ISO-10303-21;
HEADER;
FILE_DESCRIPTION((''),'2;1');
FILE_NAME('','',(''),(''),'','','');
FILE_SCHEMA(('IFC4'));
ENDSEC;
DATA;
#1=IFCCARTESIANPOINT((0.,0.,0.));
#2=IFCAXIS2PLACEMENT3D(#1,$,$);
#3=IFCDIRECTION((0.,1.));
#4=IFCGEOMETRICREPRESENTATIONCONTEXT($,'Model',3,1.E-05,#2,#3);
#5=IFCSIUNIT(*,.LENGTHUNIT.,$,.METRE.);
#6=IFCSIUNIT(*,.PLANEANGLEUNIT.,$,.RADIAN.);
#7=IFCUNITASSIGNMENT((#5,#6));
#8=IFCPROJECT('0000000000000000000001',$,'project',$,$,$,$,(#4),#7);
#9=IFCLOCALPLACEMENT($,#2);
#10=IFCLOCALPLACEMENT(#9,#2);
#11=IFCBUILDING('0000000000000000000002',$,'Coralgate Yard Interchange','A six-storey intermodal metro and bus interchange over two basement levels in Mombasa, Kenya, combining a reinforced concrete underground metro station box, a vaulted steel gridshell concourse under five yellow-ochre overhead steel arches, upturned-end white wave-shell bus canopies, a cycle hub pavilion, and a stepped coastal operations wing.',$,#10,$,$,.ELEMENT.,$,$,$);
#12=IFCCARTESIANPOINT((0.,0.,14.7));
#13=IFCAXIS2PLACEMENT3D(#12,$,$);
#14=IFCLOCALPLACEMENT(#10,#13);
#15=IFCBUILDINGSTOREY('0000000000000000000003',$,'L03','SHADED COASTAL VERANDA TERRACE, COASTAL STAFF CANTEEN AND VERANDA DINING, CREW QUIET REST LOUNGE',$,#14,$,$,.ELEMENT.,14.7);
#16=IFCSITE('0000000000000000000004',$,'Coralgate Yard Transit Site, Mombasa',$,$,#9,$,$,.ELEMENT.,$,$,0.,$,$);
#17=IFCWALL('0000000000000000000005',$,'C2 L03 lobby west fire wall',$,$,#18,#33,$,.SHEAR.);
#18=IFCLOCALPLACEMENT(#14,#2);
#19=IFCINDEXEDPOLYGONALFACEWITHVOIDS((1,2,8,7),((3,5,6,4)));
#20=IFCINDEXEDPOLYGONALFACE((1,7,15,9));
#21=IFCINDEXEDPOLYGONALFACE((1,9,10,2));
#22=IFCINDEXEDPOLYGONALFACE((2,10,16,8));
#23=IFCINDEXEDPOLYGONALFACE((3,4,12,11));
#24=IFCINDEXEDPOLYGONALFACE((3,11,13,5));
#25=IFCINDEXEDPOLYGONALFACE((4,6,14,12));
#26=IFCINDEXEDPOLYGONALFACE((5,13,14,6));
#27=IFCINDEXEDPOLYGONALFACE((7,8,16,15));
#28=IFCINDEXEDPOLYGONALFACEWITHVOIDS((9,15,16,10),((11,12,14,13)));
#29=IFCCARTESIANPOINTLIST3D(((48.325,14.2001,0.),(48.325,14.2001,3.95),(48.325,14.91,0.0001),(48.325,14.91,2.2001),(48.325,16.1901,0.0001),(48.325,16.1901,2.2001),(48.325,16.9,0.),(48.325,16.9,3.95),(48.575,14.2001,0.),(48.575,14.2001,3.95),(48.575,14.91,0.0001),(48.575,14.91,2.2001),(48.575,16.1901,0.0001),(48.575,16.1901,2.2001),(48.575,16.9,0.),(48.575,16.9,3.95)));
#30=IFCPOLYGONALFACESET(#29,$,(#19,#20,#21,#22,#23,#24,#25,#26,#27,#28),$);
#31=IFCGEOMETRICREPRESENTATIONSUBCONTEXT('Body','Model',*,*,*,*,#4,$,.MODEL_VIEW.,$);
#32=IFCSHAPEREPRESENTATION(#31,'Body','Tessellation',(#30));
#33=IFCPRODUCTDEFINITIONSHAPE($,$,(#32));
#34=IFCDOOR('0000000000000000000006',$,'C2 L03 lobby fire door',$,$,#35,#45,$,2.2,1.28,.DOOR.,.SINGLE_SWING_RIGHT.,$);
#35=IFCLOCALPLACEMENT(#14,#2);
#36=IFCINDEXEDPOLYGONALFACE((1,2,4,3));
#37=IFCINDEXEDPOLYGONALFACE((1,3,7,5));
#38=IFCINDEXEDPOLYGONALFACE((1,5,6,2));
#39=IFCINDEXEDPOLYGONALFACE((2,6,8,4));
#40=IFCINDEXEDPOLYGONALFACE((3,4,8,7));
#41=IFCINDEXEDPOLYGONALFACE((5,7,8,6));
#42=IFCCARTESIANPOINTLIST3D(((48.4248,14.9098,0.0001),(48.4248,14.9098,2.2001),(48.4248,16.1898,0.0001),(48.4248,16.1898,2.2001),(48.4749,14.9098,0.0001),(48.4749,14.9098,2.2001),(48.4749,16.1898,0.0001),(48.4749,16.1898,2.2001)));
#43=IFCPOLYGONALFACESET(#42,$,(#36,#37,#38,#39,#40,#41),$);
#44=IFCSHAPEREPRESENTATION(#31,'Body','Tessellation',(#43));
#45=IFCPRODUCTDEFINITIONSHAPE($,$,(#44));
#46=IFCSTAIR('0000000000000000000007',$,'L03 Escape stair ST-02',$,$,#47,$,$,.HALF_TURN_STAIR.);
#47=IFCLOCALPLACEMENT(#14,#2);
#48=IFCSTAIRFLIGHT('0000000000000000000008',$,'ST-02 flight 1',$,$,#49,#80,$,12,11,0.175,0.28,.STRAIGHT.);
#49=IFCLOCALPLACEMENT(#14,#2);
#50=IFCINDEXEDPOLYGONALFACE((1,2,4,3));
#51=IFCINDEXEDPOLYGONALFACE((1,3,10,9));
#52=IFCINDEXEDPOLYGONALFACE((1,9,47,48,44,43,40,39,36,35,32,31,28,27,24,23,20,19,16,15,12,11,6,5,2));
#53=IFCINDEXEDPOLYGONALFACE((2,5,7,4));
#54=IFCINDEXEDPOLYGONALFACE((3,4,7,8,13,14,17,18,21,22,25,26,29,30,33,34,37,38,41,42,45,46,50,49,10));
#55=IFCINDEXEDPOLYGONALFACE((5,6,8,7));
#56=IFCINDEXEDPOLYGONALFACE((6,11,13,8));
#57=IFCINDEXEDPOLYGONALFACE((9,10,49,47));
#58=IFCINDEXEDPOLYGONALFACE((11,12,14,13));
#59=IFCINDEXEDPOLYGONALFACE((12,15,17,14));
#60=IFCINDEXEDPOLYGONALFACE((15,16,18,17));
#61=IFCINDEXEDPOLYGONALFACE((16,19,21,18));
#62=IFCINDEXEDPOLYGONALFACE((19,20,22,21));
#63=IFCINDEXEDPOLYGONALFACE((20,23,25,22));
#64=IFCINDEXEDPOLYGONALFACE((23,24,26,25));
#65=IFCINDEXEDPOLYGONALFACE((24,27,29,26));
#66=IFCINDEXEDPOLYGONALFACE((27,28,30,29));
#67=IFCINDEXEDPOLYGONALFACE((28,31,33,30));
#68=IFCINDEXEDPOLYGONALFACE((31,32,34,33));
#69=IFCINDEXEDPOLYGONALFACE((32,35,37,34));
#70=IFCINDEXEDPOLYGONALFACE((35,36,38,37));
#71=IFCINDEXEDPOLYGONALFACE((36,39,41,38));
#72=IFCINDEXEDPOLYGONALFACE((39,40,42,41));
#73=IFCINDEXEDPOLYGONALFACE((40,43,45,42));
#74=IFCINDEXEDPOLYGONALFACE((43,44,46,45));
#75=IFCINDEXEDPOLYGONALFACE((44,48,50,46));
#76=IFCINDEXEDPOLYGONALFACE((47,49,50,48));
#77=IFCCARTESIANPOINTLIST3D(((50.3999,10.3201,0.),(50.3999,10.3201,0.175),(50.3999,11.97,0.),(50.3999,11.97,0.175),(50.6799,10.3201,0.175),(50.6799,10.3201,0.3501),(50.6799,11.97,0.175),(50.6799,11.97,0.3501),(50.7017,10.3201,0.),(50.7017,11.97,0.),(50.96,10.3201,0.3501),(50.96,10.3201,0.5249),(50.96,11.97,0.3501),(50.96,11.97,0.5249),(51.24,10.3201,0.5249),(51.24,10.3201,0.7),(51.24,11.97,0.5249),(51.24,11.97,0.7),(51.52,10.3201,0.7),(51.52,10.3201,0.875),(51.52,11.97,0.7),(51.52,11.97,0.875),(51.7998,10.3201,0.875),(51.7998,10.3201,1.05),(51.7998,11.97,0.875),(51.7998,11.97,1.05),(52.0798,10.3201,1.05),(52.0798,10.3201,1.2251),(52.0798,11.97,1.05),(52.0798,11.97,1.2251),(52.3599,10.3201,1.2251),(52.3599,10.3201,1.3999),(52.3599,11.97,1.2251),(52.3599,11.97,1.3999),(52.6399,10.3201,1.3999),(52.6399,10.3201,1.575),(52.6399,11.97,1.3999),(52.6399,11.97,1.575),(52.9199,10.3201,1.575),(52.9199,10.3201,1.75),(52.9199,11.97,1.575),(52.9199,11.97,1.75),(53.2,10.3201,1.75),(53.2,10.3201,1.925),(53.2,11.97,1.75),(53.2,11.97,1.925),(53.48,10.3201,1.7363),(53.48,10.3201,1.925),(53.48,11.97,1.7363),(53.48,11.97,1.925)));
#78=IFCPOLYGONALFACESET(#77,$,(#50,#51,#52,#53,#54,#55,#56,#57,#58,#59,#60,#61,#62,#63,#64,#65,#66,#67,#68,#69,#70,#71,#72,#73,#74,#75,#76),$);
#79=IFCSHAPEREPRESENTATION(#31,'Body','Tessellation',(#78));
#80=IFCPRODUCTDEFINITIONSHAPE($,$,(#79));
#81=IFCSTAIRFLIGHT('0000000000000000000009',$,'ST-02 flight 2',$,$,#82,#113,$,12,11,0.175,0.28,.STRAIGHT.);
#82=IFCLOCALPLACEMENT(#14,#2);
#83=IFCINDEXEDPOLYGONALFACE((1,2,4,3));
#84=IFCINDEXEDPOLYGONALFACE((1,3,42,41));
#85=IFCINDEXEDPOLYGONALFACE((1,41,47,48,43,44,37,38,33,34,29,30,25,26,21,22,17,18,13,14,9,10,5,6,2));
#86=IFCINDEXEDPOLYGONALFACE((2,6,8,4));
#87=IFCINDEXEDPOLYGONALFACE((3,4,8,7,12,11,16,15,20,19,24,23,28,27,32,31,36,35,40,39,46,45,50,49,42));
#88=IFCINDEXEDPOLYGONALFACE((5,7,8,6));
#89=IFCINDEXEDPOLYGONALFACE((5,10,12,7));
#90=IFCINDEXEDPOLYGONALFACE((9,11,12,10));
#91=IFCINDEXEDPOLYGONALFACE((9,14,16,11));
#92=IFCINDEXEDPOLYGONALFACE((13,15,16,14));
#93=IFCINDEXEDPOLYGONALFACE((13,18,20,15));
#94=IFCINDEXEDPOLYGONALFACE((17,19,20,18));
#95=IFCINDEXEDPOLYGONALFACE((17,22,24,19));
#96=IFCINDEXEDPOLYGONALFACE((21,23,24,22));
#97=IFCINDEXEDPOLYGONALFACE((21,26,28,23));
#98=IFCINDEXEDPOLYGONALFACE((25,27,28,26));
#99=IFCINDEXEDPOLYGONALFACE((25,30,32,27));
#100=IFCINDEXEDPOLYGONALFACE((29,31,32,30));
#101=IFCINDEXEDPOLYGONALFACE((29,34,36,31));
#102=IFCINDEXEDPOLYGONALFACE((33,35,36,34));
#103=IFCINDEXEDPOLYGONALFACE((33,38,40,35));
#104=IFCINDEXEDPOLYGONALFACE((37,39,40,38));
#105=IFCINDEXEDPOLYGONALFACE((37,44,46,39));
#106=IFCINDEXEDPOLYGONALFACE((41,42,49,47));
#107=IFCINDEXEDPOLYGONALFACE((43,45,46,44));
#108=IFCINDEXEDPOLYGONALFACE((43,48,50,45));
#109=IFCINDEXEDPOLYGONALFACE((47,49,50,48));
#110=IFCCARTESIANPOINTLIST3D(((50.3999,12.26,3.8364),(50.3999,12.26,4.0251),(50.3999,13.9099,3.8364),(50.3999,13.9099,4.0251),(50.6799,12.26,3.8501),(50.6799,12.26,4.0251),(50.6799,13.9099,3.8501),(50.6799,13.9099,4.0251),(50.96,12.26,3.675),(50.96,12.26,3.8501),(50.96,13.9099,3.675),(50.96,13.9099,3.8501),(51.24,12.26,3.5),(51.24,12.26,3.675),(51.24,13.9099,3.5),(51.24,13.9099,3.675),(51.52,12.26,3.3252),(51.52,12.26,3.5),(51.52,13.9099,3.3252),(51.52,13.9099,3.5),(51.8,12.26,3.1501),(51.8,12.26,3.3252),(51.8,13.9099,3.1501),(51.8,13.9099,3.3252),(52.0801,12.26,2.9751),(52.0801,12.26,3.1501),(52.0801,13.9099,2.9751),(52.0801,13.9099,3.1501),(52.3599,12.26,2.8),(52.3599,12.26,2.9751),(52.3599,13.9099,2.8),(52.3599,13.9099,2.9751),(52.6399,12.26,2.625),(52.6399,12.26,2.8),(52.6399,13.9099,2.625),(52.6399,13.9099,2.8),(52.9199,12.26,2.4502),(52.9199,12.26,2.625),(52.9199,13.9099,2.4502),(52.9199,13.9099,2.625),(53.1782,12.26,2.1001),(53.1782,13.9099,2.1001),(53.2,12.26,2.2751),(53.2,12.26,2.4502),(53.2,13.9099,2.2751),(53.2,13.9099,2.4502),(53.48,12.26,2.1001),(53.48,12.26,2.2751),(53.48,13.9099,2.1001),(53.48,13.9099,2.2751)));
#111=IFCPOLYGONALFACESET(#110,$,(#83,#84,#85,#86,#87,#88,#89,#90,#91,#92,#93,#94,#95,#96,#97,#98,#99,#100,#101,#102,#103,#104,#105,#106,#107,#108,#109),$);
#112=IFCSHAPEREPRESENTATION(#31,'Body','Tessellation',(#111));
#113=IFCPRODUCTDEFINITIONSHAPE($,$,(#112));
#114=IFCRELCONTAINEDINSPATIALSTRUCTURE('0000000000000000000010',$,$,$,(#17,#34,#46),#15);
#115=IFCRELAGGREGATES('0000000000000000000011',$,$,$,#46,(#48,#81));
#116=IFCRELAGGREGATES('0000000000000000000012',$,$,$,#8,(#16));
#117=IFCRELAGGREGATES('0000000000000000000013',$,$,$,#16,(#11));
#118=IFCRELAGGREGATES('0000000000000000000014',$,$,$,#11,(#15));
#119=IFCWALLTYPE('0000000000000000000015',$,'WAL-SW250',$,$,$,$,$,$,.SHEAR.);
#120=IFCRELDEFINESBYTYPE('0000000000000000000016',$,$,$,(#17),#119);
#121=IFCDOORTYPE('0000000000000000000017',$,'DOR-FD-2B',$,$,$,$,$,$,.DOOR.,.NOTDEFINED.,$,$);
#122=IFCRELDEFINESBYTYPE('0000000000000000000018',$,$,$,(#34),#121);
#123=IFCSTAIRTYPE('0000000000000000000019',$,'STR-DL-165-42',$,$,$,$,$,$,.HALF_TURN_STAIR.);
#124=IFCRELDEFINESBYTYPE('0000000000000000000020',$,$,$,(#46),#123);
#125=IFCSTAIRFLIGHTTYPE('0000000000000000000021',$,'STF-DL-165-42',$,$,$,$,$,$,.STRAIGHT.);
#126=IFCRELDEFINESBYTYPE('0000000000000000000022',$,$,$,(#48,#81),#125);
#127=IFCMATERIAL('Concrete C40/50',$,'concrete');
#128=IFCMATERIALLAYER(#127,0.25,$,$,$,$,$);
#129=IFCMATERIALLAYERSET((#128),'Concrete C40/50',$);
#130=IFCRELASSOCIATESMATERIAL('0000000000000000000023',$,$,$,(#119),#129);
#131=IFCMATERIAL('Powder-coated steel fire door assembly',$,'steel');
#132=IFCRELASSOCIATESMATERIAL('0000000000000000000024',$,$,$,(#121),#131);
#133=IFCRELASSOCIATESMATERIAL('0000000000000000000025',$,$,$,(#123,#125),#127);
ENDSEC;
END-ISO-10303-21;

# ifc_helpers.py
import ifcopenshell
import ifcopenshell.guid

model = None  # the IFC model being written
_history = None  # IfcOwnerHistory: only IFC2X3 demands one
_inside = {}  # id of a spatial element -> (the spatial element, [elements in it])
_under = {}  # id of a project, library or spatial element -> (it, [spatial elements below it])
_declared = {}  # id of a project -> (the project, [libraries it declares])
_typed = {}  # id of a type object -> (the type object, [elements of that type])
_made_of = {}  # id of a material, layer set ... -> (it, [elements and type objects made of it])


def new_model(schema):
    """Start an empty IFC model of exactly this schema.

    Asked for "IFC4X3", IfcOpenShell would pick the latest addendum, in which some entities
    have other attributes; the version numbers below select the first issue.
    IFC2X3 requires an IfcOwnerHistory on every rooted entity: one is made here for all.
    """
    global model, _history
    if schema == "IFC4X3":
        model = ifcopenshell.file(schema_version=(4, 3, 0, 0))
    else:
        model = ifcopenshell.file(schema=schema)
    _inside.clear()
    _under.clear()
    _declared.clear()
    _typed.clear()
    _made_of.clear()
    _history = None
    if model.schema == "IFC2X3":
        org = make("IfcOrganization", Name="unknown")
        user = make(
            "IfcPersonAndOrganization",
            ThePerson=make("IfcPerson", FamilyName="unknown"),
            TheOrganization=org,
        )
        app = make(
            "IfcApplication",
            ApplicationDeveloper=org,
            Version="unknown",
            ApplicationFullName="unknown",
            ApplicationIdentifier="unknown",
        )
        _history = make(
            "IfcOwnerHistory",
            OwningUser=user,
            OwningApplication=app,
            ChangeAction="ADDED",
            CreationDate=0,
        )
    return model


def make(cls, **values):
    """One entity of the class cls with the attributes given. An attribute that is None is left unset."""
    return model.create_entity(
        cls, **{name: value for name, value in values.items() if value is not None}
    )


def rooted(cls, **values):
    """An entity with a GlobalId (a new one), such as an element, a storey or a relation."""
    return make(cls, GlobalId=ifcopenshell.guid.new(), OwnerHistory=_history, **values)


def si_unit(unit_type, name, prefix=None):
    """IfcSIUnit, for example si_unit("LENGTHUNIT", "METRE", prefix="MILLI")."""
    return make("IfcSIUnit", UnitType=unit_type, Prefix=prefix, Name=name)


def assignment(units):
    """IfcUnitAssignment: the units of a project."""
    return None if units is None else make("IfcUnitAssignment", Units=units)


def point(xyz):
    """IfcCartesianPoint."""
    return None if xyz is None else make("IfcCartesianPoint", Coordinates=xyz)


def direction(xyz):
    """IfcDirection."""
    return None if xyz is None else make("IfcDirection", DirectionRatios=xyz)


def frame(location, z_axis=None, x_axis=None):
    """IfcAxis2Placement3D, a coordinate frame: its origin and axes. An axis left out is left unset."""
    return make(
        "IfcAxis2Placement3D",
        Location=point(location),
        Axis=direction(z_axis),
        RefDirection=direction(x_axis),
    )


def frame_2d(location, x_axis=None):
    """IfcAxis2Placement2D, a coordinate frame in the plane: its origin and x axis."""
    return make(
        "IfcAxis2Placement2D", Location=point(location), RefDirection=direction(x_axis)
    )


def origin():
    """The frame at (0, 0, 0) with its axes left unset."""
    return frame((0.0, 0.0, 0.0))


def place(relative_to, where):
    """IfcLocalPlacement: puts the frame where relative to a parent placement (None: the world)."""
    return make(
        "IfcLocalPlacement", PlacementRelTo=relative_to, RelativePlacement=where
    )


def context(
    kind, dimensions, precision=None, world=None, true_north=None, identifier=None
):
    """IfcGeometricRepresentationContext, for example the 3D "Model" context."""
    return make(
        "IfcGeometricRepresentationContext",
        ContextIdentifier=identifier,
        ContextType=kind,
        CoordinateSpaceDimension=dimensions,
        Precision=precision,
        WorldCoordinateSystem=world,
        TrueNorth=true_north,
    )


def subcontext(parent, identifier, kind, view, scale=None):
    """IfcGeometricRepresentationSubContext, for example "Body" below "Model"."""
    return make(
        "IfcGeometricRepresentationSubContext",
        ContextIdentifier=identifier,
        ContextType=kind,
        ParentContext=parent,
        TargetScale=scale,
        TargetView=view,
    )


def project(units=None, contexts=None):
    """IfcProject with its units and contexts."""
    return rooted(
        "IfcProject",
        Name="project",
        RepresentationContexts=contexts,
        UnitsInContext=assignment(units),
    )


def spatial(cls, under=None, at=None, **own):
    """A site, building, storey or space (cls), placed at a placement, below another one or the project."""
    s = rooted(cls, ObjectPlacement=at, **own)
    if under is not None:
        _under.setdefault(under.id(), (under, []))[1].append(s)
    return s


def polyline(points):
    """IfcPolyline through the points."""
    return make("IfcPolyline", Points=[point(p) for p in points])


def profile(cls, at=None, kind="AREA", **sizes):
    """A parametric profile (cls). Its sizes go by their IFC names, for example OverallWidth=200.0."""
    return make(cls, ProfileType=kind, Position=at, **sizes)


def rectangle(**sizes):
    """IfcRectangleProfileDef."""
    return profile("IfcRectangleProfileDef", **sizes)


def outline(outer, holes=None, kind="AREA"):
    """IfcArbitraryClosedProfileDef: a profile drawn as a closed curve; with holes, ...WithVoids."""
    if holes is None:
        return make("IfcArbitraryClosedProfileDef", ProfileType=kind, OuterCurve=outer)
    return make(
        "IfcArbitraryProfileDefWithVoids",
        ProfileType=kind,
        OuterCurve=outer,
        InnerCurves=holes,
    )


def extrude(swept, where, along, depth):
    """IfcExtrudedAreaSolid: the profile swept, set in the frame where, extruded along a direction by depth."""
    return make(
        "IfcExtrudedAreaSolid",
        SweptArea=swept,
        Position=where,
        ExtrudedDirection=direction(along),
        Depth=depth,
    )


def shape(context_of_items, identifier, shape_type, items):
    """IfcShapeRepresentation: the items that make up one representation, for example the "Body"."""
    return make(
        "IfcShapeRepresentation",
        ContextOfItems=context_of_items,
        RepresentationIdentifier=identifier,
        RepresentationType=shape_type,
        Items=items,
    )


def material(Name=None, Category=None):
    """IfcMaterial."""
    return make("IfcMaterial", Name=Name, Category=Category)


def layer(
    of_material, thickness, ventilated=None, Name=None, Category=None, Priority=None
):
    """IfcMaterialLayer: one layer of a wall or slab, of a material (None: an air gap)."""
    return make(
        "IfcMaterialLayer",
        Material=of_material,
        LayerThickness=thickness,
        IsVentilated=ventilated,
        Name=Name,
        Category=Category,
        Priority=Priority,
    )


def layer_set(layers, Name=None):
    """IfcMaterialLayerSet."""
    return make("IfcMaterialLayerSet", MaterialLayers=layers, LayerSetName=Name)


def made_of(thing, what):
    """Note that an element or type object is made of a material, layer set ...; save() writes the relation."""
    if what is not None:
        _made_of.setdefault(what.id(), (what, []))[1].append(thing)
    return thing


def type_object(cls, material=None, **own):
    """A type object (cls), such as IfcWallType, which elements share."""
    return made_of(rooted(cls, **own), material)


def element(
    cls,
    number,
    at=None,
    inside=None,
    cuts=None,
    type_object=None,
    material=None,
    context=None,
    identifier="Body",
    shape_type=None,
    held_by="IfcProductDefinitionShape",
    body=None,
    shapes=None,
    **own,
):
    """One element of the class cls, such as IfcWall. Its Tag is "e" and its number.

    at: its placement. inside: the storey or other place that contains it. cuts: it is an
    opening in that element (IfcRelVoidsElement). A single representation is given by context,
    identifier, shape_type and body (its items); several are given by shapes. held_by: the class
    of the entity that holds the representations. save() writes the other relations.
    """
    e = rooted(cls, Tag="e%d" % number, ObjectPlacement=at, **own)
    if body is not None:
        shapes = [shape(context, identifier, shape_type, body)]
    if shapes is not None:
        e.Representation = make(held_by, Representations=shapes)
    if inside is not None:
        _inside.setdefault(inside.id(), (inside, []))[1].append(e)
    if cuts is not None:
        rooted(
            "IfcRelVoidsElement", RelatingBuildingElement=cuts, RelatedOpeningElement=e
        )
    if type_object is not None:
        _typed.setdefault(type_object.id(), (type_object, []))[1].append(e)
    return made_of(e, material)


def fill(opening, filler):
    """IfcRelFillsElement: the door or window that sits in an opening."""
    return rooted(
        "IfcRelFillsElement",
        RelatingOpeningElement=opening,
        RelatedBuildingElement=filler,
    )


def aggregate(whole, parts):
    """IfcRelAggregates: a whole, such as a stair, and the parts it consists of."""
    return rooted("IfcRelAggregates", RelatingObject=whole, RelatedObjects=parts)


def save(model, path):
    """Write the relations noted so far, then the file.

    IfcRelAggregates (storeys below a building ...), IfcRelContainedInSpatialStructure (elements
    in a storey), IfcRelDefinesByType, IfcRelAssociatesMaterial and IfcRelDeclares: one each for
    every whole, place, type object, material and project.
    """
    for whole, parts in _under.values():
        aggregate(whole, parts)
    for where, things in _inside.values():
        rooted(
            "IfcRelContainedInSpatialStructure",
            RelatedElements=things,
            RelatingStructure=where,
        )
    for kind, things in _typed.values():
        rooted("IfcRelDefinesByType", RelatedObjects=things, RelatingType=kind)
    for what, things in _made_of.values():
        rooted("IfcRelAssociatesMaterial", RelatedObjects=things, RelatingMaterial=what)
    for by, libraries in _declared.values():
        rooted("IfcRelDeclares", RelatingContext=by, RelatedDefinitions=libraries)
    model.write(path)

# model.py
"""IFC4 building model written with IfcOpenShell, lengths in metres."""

from ifc_helpers import new_model, si_unit, direction, frame, frame_2d, origin, place, context, subcontext, project, spatial, polyline, rectangle, outline, extrude, material, layer, layer_set, type_object, element, fill, aggregate, save


model = new_model("IFC4")

# Units and contexts
model_context = context("Model", 3, precision=1e-05, world=origin(), true_north=direction((0.0, 1.0)))
body_context = subcontext(model_context, "Body", "Model", "MODEL_VIEW")
ifc_project = project(units=[si_unit("LENGTHUNIT", "METRE"), si_unit("PLANEANGLEUNIT", "RADIAN")], contexts=[model_context])

# Site, building, storey
site_placement = place(None, origin())
site = spatial("IfcSite", under=ifc_project, at=site_placement, Name="Coralgate Yard Transit Site, Mombasa", CompositionType="ELEMENT", RefElevation=0.0)
building_placement = place(site_placement, origin())
building = spatial("IfcBuilding", under=site, at=building_placement, Name="Coralgate Yard Interchange", Description="A six-storey intermodal metro and bus interchange over two basement levels in Mombasa, Kenya, combining a reinforced concrete underground metro station box, a vaulted steel gridshell concourse under five yellow-ochre overhead steel arches, upturned-end white wave-shell bus canopies, a cycle hub pavilion, and a stepped coastal operations wing.", CompositionType="ELEMENT")
storey_placement = place(building_placement, frame((0.0, 0.0, 14.7)))
storey = spatial("IfcBuildingStorey", under=building, at=storey_placement, Name="L03", Description="SHADED COASTAL VERANDA TERRACE, COASTAL STAFF CANTEEN AND VERANDA DINING, CREW QUIET REST LOUNGE", CompositionType="ELEMENT", Elevation=14.7)

# Shared definitions
ifc_material_1 = material(Name="Concrete C40/50", Category="concrete")

# Shared definitions
ifc_layer_1 = layer(ifc_material_1, 0.25)
ifc_layer_set_1 = layer_set([ifc_layer_1], Name="Concrete C40/50")
wall_type_1 = type_object("IfcWallType", Name="WAL-SW250", PredefinedType="SHEAR", material=ifc_layer_set_1)

# Wall, opening, door
wall_1_placement = place(storey_placement, frame((48.45, 14.2, 0.0), z_axis=(0.0, 0.0, 1.0), x_axis=(0.0, 1.0, 0.0)))
wall_1 = element("IfcWall", 1, at=wall_1_placement, inside=storey, type_object=wall_type_1, Name="C2 L03 lobby west fire wall", PredefinedType="SHEAR", context=body_context, shape_type="SweptSolid", body=[
    extrude(rectangle(XDim=2.7, YDim=0.25, at=frame_2d((1.3501, 0.0))), origin(), (0.0, 0.0, 1.0), 3.95),
])
opening_1_placement = place(wall_1_placement, frame((0.71, 0.0, 0.0)))
opening_1 = element("IfcOpeningElement", 2, at=opening_1_placement, cuts=wall_1, PredefinedType="OPENING", context=body_context, shape_type="SweptSolid", body=[
    extrude(rectangle(XDim=1.28, YDim=2.2, at=frame_2d((0.6401, 1.1001))), frame((0.0, 0.135, 0.0), z_axis=(0.0, -1.0, 0.0), x_axis=(1.0, 0.0, 0.0)), (0.0, 0.0, 1.0), 0.27),
])
ifc_material_2 = material(Name="Powder-coated steel fire door assembly", Category="steel")
door_type_1 = type_object("IfcDoorType", Name="DOR-FD-2B", OperationType="NOTDEFINED", PredefinedType="DOOR", material=ifc_material_2)
door_1_placement = place(opening_1_placement, frame((1.28, 0.0, 0.0), z_axis=(0.0, 0.0, 1.0), x_axis=(-1.0, 0.0, 0.0)))
door_1 = element("IfcDoor", 3, at=door_1_placement, inside=storey, type_object=door_type_1, Name="C2 L03 lobby fire door", OperationType="SINGLE_SWING_RIGHT", OverallHeight=2.2, OverallWidth=1.28, PredefinedType="DOOR", context=body_context, shape_type="SweptSolid", body=[
    extrude(rectangle(XDim=1.28, YDim=2.2, at=frame_2d((0.6401, 1.1001))), frame((0.0, 0.0249, 0.0), z_axis=(0.0, -1.0, 0.0), x_axis=(1.0, 0.0, 0.0)), (0.0, 0.0, 1.0), 0.05),
])
fill(opening_1, door_1)

# Stair, stair flights
stair_type = type_object("IfcStairType", Name="STR-DL-165-42", PredefinedType="HALF_TURN_STAIR", material=ifc_material_1)
stair_placement = place(storey_placement, origin())
stair = element("IfcStair", 4, at=stair_placement, inside=storey, type_object=stair_type, Name="L03 Escape stair ST-02", PredefinedType="HALF_TURN_STAIR")
stair_flight_type = type_object("IfcStairFlightType", Name="STF-DL-165-42", PredefinedType="STRAIGHT", material=ifc_material_1)
stair_flight_1_placement = place(storey_placement, frame((50.3999, 11.145, 0.0), z_axis=(0.0, 0.0, 1.0), x_axis=(1.0, 0.0, 0.0)))
stair_flight_1 = element("IfcStairFlight", 5, at=stair_flight_1_placement, type_object=stair_flight_type, Name="ST-02 flight 1", NumberOfRisers=12, NumberOfTreads=11, PredefinedType="STRAIGHT", RiserHeight=0.175, TreadLength=0.28, context=body_context, shape_type="SweptSolid", body=[
    extrude(outline(polyline([(0.0, 0.0), (0.0, 0.175), (0.28, 0.175), (0.28, 0.3501), (0.5601, 0.3501), (0.5601, 0.5249), (0.8401, 0.5249), (0.8401, 0.7), (1.1201, 0.7), (1.1201, 0.875), (1.3999, 0.875), (1.3999, 1.05), (1.6799, 1.05), (1.6799, 1.2251), (1.96, 1.2251), (1.96, 1.3999), (2.24, 1.3999), (2.24, 1.575), (2.52, 1.575), (2.52, 1.75), (2.8, 1.75), (2.8, 1.925), (3.0801, 1.925), (3.0801, 2.1001), (3.0801, 1.7363), (0.3018, 0.0), (0.0, 0.0)])), frame((0.0, 0.825, 0.0), z_axis=(0.0, -1.0, 0.0), x_axis=(1.0, 0.0, 0.0)), (0.0, 0.0, 1.0), 1.6499),
])
stair_flight_2_placement = place(storey_placement, frame((53.48, 13.085, 2.1001), z_axis=(0.0, 0.0, 1.0), x_axis=(-1.0, 0.0, 0.0)))
stair_flight_2 = element("IfcStairFlight", 6, at=stair_flight_2_placement, type_object=stair_flight_type, Name="ST-02 flight 2", NumberOfRisers=12, NumberOfTreads=11, PredefinedType="STRAIGHT", RiserHeight=0.175, TreadLength=0.28, context=body_context, shape_type="SweptSolid", body=[
    extrude(outline(polyline([(0.0, 0.0), (0.0, 0.175), (0.28, 0.175), (0.28, 0.3501), (0.5601, 0.3501), (0.5601, 0.5249), (0.8401, 0.5249), (0.8401, 0.7), (1.1201, 0.7), (1.1201, 0.875), (1.3999, 0.875), (1.3999, 1.05), (1.6799, 1.05), (1.6799, 1.2251), (1.96, 1.2251), (1.96, 1.3999), (2.24, 1.3999), (2.24, 1.575), (2.52, 1.575), (2.52, 1.75), (2.8, 1.75), (2.8, 1.925), (3.0801, 1.925), (3.0801, 2.1001), (3.0801, 1.7363), (0.3018, 0.0), (0.0, 0.0)])), frame((0.0, 0.825, 0.0), z_axis=(0.0, -1.0, 0.0), x_axis=(1.0, 0.0, 0.0)), (0.0, 0.0, 1.0), 1.6499),
])
aggregate(stair, [stair_flight_1, stair_flight_2])

save(model, "model.ifc")
